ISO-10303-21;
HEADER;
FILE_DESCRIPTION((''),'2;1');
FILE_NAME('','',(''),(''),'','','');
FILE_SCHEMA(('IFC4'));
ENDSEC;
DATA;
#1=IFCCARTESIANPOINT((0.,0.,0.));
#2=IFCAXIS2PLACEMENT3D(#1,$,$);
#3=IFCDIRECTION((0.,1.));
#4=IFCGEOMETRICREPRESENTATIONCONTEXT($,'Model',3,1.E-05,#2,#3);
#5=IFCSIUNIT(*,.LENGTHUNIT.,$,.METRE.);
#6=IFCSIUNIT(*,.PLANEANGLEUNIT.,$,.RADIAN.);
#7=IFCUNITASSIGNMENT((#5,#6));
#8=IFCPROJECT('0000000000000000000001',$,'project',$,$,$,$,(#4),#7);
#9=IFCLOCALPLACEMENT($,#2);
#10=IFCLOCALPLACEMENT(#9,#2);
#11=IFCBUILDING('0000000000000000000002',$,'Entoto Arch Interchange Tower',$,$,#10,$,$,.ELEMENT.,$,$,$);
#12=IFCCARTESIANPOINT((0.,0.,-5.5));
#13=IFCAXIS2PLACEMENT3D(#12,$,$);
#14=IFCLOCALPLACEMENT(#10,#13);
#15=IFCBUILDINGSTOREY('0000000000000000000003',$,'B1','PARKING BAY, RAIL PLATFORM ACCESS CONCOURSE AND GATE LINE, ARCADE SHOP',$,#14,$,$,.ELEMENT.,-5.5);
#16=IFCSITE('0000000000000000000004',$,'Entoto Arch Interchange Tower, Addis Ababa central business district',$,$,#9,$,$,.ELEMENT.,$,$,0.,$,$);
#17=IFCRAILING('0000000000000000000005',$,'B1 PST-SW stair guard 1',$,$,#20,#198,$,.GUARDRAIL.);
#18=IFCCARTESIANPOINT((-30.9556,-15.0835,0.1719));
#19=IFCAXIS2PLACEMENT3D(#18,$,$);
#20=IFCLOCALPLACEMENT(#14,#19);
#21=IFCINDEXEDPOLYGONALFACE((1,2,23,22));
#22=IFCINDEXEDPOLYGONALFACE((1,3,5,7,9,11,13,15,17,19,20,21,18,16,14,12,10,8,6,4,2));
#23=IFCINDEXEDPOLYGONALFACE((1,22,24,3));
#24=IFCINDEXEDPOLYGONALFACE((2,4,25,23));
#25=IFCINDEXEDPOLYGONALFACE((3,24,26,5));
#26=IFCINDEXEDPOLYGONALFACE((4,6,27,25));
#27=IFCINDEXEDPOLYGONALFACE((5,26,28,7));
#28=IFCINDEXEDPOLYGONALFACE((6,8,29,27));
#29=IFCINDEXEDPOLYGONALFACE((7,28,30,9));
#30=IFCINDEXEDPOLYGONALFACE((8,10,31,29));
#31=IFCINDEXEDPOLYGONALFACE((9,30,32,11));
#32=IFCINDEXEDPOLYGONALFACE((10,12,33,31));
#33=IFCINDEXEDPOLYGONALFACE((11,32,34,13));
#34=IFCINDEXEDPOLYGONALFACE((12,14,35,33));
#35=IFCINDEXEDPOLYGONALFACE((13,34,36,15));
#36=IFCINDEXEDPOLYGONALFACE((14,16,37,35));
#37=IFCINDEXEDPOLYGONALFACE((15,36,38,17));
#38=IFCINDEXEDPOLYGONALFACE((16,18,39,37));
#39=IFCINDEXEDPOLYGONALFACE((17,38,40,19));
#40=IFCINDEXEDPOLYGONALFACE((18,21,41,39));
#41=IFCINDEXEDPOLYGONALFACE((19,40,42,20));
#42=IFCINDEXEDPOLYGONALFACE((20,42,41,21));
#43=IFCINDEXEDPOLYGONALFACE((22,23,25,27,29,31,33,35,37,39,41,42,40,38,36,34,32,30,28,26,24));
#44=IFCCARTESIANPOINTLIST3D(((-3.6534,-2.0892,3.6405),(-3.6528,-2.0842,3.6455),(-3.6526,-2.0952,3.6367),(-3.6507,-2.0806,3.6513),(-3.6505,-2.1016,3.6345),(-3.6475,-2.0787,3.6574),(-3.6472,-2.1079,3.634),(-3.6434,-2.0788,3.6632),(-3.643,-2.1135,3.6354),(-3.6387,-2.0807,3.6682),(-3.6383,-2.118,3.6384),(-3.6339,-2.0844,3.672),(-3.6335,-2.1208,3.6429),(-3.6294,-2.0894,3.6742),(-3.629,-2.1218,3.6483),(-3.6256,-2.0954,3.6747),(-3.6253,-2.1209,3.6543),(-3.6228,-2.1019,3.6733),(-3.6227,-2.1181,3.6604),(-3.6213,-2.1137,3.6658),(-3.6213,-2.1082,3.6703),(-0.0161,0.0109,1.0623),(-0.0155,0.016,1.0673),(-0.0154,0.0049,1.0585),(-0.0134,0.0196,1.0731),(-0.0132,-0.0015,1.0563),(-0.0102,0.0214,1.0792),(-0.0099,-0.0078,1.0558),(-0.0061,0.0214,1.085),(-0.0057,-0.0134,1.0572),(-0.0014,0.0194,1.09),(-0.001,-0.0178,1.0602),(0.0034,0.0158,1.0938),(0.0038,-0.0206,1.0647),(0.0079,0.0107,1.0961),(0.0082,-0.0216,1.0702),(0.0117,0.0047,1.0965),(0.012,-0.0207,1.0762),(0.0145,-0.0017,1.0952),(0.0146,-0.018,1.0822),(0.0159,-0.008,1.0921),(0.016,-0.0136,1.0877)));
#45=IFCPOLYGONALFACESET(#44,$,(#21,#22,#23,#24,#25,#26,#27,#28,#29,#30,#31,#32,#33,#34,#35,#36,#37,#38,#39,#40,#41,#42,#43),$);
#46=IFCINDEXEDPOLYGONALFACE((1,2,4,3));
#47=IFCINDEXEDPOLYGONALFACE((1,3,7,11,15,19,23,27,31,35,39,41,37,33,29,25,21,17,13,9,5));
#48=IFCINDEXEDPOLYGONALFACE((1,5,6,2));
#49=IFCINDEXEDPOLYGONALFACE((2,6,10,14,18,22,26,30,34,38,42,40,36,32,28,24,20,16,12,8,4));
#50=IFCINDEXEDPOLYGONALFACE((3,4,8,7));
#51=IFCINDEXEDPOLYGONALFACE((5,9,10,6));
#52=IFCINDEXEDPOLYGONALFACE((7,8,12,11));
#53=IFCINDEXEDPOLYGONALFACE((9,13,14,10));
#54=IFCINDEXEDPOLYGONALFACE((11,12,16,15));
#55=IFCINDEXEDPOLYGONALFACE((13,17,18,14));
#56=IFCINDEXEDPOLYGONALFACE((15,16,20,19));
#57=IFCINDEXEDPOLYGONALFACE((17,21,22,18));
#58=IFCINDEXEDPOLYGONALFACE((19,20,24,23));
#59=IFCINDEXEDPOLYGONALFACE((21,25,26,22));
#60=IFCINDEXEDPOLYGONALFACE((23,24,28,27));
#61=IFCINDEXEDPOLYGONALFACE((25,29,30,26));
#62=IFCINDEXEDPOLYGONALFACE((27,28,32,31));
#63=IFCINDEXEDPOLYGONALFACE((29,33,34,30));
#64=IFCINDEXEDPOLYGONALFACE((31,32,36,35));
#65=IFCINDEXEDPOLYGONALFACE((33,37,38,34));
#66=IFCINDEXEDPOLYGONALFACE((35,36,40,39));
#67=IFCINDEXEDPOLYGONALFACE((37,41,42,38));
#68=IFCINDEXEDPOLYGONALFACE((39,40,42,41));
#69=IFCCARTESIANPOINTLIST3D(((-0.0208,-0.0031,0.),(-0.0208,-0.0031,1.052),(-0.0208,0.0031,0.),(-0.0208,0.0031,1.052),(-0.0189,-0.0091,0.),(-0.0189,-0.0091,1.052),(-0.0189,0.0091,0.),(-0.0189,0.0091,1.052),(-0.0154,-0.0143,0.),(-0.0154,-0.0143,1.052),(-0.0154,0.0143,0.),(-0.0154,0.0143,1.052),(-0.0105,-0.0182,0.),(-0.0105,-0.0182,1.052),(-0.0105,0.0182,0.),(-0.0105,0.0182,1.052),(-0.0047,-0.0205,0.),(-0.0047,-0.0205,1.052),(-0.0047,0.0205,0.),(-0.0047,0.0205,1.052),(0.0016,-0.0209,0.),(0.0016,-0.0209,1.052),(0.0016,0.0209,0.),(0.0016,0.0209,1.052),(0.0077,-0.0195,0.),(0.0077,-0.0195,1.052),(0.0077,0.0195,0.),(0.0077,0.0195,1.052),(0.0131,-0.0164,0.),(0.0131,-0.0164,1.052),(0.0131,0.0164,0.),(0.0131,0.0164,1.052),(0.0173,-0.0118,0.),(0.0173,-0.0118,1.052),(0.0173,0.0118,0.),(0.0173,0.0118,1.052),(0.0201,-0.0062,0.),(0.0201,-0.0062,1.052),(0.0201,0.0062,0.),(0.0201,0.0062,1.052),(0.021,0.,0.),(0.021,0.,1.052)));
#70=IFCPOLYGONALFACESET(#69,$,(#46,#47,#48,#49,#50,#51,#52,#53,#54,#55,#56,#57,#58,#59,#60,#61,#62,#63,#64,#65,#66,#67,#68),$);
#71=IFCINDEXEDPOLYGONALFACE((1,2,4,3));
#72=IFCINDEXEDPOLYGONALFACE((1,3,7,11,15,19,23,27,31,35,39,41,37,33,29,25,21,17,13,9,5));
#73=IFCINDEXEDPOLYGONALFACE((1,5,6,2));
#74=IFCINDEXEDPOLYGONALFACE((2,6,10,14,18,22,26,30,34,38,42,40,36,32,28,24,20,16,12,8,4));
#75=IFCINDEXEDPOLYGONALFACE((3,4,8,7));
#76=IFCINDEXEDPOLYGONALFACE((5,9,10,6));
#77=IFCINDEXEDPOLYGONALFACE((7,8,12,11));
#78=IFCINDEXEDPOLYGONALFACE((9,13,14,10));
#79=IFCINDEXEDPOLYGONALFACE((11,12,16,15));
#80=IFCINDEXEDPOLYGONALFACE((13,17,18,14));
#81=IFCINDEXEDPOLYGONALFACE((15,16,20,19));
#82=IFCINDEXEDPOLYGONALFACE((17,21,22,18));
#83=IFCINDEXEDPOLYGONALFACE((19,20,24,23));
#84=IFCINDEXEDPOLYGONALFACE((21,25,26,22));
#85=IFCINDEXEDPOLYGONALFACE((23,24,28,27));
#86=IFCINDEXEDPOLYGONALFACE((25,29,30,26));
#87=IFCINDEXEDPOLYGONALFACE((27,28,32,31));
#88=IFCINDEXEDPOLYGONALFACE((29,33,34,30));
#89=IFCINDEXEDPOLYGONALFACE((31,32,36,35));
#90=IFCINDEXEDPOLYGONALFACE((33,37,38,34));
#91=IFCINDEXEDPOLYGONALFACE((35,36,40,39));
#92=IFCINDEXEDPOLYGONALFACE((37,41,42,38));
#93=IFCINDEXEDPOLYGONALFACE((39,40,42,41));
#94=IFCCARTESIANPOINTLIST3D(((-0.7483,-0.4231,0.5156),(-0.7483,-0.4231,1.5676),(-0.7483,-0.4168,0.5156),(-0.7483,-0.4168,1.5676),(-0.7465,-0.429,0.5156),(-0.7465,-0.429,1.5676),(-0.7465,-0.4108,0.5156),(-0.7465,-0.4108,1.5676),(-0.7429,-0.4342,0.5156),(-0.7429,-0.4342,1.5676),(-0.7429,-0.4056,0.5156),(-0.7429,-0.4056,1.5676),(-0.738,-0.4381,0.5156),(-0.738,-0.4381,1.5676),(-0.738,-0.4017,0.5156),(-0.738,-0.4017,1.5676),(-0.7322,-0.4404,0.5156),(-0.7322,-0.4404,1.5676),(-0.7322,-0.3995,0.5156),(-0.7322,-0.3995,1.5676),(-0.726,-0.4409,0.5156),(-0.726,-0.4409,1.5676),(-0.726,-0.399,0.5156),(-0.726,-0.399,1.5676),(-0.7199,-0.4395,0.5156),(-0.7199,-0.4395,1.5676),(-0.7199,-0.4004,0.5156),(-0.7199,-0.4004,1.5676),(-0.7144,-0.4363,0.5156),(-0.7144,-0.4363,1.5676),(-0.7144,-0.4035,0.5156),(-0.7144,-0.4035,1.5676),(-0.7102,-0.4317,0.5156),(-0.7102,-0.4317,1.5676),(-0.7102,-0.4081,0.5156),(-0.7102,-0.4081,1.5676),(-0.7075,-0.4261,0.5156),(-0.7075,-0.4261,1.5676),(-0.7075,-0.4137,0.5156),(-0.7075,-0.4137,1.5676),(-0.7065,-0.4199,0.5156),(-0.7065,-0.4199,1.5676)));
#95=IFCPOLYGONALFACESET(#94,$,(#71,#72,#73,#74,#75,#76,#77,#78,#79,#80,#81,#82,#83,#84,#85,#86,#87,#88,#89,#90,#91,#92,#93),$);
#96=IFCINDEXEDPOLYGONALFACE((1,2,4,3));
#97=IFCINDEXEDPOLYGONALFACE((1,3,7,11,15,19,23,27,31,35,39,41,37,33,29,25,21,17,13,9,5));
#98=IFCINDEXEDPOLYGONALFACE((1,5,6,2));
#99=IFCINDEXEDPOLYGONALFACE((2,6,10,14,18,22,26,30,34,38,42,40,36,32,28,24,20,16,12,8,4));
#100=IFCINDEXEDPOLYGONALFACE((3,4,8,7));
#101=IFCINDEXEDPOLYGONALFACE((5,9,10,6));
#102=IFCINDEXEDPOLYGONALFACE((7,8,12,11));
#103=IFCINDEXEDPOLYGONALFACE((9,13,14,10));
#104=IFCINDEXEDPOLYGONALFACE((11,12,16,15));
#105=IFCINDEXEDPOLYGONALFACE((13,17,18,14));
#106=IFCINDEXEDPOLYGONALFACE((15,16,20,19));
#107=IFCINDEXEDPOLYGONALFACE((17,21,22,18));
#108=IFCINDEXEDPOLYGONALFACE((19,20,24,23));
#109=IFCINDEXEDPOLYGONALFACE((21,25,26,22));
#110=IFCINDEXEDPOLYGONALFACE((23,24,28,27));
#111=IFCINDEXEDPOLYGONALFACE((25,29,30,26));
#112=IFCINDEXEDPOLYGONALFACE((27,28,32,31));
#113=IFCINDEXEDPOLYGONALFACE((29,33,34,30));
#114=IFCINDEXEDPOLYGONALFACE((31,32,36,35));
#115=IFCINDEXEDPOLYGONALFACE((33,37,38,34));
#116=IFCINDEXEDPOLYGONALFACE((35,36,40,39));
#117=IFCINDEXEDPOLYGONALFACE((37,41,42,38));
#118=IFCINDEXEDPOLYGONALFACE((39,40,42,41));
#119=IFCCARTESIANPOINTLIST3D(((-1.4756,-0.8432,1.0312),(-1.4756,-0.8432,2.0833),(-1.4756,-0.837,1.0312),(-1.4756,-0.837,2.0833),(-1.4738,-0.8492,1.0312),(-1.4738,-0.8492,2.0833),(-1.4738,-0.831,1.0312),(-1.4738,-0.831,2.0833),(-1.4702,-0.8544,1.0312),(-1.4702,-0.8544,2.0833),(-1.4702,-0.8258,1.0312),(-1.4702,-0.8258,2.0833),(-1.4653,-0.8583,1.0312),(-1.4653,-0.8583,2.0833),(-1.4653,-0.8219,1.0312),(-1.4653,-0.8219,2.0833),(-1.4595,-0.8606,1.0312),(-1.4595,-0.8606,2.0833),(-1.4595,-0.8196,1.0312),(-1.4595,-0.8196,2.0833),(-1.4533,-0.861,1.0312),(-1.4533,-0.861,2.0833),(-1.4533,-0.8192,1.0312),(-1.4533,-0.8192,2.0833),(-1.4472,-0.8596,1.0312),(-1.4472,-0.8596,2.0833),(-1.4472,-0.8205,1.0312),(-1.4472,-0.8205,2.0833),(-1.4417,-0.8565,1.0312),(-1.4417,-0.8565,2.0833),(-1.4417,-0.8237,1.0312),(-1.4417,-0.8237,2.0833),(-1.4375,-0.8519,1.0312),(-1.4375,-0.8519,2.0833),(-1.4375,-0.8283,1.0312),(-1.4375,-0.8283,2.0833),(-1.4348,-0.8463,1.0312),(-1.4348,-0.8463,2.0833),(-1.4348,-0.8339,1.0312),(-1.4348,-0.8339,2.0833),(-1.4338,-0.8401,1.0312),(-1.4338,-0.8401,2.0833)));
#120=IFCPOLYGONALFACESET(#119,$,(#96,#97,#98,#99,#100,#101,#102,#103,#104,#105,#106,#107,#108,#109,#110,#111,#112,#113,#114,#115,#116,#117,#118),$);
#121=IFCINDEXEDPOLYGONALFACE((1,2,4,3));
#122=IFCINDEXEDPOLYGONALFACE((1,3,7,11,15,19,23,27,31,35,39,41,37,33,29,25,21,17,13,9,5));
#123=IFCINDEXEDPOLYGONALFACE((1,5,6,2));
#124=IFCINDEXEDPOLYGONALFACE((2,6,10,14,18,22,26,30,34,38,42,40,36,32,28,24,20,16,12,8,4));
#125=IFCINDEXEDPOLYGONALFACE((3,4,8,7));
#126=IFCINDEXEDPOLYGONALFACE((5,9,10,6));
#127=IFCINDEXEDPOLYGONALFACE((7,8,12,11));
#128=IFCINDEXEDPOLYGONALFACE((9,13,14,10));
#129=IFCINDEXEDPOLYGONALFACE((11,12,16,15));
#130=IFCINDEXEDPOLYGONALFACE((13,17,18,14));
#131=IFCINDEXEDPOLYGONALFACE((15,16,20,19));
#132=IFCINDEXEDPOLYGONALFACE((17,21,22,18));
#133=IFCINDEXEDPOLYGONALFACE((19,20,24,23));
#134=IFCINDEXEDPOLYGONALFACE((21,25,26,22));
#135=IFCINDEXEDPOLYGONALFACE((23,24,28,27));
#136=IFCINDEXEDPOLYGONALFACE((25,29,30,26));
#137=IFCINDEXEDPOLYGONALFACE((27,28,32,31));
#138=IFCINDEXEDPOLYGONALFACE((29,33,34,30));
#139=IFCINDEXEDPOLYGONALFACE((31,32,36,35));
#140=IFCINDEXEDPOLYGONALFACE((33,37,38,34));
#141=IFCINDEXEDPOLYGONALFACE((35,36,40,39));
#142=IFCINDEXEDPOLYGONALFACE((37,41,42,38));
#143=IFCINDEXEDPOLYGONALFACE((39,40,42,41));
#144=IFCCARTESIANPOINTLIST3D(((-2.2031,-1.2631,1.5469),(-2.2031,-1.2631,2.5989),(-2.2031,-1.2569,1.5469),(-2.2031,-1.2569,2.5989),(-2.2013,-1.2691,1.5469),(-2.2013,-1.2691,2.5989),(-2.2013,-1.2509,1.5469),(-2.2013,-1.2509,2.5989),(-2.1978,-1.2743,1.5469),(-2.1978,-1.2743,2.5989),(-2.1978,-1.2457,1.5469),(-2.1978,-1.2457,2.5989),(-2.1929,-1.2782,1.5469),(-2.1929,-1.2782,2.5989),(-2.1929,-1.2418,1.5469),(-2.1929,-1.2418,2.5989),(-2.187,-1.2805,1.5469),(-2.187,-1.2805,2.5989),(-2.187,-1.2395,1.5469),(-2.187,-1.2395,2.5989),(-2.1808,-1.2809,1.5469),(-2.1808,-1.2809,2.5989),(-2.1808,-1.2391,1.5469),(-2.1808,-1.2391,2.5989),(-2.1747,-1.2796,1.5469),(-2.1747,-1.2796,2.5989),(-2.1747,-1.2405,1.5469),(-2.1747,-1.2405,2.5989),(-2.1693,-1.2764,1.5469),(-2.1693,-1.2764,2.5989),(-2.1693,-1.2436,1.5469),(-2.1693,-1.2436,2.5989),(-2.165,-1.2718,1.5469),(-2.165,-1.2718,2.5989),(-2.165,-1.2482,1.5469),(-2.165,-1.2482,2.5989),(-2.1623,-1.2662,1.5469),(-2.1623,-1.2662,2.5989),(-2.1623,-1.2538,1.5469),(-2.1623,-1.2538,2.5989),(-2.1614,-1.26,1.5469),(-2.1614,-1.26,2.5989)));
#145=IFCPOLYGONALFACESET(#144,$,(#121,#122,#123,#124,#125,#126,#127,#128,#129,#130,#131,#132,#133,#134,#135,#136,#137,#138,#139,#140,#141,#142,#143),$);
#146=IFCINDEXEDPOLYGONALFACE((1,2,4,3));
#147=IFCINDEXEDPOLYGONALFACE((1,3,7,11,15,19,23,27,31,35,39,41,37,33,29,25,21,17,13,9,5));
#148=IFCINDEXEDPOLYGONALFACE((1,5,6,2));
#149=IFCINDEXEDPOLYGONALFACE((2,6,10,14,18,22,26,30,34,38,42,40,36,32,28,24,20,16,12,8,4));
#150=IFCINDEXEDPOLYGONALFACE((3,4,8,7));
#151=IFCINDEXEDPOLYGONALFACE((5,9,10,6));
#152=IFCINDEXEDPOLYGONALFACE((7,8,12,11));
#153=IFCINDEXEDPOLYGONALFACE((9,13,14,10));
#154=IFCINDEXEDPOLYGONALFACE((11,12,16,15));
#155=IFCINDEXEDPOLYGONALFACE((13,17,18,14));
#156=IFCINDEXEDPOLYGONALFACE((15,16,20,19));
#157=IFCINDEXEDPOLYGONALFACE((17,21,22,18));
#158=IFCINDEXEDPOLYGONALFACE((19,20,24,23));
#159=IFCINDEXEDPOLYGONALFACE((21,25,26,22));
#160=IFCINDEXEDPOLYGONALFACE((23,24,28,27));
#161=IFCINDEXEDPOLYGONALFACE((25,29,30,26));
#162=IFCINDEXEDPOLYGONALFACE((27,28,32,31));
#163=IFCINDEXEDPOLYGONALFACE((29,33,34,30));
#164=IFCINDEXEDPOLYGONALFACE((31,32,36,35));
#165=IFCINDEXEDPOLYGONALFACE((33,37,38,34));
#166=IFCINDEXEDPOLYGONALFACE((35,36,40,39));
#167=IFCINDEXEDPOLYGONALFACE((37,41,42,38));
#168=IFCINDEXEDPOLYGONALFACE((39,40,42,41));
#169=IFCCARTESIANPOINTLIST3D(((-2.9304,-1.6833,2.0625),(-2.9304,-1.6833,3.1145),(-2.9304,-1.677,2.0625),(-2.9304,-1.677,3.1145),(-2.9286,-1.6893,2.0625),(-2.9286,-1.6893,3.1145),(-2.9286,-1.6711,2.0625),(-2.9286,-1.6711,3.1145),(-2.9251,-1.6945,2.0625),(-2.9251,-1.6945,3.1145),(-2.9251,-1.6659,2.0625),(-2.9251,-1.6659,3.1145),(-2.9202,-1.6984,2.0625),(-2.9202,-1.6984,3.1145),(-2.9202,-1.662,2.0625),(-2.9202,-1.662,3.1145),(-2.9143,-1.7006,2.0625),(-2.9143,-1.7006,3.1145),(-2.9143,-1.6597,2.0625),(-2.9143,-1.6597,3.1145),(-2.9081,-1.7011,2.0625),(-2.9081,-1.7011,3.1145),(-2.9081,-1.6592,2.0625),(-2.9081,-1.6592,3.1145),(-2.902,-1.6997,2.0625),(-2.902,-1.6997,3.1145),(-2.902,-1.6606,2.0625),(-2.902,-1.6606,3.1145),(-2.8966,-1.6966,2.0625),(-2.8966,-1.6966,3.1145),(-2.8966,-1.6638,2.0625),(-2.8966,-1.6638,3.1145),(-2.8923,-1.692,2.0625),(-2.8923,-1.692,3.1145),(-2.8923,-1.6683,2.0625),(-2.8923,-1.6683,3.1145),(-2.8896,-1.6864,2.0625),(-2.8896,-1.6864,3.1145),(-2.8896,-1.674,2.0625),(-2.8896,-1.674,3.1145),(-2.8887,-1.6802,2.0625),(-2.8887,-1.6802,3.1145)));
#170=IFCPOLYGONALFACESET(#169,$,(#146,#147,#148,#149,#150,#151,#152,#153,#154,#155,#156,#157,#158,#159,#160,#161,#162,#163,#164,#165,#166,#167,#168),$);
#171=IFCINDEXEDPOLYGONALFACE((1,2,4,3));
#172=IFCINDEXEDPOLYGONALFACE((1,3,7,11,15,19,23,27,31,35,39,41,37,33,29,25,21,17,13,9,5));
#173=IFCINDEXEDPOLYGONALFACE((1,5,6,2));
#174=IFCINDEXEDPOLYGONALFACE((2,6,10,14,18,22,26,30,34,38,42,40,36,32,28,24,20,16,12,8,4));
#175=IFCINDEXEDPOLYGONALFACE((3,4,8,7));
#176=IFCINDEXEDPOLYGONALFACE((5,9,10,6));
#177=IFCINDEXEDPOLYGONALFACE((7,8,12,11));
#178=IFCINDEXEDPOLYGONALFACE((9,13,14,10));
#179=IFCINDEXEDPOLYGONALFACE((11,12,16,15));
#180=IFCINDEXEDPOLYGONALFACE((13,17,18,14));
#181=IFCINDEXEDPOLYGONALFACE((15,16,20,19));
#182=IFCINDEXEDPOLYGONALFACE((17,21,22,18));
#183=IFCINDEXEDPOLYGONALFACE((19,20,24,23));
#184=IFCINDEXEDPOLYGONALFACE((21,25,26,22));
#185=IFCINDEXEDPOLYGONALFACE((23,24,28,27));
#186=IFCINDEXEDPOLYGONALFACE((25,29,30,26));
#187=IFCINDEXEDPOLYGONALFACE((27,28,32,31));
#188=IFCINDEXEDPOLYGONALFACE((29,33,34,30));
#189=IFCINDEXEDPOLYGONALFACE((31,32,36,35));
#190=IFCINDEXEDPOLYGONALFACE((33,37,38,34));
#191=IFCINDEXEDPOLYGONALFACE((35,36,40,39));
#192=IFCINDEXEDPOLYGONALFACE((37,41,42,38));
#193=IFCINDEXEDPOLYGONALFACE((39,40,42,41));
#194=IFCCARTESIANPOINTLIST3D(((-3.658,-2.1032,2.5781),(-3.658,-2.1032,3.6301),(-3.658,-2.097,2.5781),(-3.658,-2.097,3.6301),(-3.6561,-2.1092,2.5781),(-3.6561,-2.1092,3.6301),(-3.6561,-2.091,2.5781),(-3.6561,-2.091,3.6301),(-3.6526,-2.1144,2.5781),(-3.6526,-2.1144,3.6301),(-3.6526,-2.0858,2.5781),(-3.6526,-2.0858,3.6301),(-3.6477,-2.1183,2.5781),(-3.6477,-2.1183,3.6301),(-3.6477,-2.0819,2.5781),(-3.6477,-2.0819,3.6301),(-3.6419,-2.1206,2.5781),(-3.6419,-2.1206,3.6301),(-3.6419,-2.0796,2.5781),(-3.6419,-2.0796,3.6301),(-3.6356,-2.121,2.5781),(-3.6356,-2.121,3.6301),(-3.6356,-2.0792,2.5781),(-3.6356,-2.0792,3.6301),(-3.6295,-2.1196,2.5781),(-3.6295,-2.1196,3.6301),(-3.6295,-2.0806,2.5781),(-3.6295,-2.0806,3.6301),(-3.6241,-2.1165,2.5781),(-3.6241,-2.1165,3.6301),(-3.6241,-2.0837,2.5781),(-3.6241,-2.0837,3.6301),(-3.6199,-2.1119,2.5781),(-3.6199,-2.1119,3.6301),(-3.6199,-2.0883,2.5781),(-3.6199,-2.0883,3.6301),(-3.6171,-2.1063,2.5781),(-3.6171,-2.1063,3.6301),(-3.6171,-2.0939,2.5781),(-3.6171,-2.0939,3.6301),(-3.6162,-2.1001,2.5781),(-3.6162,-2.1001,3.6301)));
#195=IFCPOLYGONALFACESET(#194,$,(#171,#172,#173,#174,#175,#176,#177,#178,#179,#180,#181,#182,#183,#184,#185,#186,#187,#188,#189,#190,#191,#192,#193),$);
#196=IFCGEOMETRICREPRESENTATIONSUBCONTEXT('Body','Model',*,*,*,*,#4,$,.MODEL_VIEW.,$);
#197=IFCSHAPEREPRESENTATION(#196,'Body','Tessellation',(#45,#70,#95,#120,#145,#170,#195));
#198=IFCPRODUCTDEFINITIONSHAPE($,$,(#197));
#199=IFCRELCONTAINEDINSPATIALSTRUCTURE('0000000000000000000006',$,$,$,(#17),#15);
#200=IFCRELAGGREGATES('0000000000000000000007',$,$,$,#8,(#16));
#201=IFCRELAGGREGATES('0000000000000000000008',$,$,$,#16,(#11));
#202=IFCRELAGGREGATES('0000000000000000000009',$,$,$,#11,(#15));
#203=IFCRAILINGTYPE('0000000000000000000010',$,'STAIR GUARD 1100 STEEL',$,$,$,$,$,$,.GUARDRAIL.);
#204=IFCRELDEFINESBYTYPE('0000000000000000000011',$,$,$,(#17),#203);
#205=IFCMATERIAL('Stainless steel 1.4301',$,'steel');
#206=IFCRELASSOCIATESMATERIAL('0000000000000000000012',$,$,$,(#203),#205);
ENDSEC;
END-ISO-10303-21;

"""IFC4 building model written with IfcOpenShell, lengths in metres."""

from ifc_helpers import new_model, si_unit, direction, frame, origin, origin_2d, place, context, subcontext, project, spatial, circle, extrude, material, type_object, element, save


model = new_model("IFC4")

# Units and contexts
model_context = context("Model", 3, precision=1e-05, world=origin(), true_north=direction((0.0, 1.0)))
body_context = subcontext(model_context, "Body", "Model", "MODEL_VIEW")
ifc_project = project(units=[si_unit("LENGTHUNIT", "METRE"), si_unit("PLANEANGLEUNIT", "RADIAN")], contexts=[model_context])

# Site, building, storey
site_placement = place(None, origin())
site = spatial("IfcSite", under=ifc_project, at=site_placement, Name="Entoto Arch Interchange Tower, Addis Ababa central business district", CompositionType="ELEMENT", RefElevation=0.0)
building_placement = place(site_placement, origin())
building = spatial("IfcBuilding", under=site, at=building_placement, Name="Entoto Arch Interchange Tower", CompositionType="ELEMENT")
storey_placement = place(building_placement, frame((0.0, 0.0, -5.5)))
storey = spatial("IfcBuildingStorey", under=building, at=storey_placement, Name="B1", Description="PARKING BAY, RAIL PLATFORM ACCESS CONCOURSE AND GATE LINE, ARCADE SHOP", CompositionType="ELEMENT", Elevation=-5.5)

# Railing
ifc_material_1 = material(Name="Stainless steel 1.4301", Category="steel")
railing_type = type_object("IfcRailingType", Name="STAIR GUARD 1100 STEEL", PredefinedType="GUARDRAIL", material=ifc_material_1)
railing_1_placement = place(storey_placement, frame((-30.9556, -15.0835, 0.1719)))
element("IfcRailing", 1, at=railing_1_placement, inside=storey, type_object=railing_type, Name="B1 PST-SW stair guard 1", PredefinedType="GUARDRAIL", context=body_context, shape_type="SweptSolid", body=[
    extrude(circle(Radius=0.0239, at=origin_2d()), frame((0.0, 0.0, 1.0762), z_axis=(-0.738051, -0.426145, 0.523145), x_axis=(0.500028, -0.866009, 0.0)), (0.0, 0.0, 1.0), 4.9282),
    extrude(circle(Radius=0.021, at=origin_2d()), origin(), (0.0, 0.0, 1.0), 1.052),
    extrude(circle(Radius=0.021, at=origin_2d()), frame((-0.7275, -0.4199, 0.5156)), (0.0, 0.0, 1.0), 1.052),
    extrude(circle(Radius=0.021, at=origin_2d()), frame((-1.4548, -0.8401, 1.0312)), (0.0, 0.0, 1.0), 1.052),
    extrude(circle(Radius=0.021, at=origin_2d()), frame((-2.1824, -1.26, 1.5469)), (0.0, 0.0, 1.0), 1.052),
    extrude(circle(Radius=0.021, at=origin_2d()), frame((-2.9097, -1.6802, 2.0625)), (0.0, 0.0, 1.0), 1.052),
    extrude(circle(Radius=0.021, at=origin_2d()), frame((-3.6372, -2.1001, 2.5781)), (0.0, 0.0, 1.0), 1.052),
])

save(model, "model.ifc")
